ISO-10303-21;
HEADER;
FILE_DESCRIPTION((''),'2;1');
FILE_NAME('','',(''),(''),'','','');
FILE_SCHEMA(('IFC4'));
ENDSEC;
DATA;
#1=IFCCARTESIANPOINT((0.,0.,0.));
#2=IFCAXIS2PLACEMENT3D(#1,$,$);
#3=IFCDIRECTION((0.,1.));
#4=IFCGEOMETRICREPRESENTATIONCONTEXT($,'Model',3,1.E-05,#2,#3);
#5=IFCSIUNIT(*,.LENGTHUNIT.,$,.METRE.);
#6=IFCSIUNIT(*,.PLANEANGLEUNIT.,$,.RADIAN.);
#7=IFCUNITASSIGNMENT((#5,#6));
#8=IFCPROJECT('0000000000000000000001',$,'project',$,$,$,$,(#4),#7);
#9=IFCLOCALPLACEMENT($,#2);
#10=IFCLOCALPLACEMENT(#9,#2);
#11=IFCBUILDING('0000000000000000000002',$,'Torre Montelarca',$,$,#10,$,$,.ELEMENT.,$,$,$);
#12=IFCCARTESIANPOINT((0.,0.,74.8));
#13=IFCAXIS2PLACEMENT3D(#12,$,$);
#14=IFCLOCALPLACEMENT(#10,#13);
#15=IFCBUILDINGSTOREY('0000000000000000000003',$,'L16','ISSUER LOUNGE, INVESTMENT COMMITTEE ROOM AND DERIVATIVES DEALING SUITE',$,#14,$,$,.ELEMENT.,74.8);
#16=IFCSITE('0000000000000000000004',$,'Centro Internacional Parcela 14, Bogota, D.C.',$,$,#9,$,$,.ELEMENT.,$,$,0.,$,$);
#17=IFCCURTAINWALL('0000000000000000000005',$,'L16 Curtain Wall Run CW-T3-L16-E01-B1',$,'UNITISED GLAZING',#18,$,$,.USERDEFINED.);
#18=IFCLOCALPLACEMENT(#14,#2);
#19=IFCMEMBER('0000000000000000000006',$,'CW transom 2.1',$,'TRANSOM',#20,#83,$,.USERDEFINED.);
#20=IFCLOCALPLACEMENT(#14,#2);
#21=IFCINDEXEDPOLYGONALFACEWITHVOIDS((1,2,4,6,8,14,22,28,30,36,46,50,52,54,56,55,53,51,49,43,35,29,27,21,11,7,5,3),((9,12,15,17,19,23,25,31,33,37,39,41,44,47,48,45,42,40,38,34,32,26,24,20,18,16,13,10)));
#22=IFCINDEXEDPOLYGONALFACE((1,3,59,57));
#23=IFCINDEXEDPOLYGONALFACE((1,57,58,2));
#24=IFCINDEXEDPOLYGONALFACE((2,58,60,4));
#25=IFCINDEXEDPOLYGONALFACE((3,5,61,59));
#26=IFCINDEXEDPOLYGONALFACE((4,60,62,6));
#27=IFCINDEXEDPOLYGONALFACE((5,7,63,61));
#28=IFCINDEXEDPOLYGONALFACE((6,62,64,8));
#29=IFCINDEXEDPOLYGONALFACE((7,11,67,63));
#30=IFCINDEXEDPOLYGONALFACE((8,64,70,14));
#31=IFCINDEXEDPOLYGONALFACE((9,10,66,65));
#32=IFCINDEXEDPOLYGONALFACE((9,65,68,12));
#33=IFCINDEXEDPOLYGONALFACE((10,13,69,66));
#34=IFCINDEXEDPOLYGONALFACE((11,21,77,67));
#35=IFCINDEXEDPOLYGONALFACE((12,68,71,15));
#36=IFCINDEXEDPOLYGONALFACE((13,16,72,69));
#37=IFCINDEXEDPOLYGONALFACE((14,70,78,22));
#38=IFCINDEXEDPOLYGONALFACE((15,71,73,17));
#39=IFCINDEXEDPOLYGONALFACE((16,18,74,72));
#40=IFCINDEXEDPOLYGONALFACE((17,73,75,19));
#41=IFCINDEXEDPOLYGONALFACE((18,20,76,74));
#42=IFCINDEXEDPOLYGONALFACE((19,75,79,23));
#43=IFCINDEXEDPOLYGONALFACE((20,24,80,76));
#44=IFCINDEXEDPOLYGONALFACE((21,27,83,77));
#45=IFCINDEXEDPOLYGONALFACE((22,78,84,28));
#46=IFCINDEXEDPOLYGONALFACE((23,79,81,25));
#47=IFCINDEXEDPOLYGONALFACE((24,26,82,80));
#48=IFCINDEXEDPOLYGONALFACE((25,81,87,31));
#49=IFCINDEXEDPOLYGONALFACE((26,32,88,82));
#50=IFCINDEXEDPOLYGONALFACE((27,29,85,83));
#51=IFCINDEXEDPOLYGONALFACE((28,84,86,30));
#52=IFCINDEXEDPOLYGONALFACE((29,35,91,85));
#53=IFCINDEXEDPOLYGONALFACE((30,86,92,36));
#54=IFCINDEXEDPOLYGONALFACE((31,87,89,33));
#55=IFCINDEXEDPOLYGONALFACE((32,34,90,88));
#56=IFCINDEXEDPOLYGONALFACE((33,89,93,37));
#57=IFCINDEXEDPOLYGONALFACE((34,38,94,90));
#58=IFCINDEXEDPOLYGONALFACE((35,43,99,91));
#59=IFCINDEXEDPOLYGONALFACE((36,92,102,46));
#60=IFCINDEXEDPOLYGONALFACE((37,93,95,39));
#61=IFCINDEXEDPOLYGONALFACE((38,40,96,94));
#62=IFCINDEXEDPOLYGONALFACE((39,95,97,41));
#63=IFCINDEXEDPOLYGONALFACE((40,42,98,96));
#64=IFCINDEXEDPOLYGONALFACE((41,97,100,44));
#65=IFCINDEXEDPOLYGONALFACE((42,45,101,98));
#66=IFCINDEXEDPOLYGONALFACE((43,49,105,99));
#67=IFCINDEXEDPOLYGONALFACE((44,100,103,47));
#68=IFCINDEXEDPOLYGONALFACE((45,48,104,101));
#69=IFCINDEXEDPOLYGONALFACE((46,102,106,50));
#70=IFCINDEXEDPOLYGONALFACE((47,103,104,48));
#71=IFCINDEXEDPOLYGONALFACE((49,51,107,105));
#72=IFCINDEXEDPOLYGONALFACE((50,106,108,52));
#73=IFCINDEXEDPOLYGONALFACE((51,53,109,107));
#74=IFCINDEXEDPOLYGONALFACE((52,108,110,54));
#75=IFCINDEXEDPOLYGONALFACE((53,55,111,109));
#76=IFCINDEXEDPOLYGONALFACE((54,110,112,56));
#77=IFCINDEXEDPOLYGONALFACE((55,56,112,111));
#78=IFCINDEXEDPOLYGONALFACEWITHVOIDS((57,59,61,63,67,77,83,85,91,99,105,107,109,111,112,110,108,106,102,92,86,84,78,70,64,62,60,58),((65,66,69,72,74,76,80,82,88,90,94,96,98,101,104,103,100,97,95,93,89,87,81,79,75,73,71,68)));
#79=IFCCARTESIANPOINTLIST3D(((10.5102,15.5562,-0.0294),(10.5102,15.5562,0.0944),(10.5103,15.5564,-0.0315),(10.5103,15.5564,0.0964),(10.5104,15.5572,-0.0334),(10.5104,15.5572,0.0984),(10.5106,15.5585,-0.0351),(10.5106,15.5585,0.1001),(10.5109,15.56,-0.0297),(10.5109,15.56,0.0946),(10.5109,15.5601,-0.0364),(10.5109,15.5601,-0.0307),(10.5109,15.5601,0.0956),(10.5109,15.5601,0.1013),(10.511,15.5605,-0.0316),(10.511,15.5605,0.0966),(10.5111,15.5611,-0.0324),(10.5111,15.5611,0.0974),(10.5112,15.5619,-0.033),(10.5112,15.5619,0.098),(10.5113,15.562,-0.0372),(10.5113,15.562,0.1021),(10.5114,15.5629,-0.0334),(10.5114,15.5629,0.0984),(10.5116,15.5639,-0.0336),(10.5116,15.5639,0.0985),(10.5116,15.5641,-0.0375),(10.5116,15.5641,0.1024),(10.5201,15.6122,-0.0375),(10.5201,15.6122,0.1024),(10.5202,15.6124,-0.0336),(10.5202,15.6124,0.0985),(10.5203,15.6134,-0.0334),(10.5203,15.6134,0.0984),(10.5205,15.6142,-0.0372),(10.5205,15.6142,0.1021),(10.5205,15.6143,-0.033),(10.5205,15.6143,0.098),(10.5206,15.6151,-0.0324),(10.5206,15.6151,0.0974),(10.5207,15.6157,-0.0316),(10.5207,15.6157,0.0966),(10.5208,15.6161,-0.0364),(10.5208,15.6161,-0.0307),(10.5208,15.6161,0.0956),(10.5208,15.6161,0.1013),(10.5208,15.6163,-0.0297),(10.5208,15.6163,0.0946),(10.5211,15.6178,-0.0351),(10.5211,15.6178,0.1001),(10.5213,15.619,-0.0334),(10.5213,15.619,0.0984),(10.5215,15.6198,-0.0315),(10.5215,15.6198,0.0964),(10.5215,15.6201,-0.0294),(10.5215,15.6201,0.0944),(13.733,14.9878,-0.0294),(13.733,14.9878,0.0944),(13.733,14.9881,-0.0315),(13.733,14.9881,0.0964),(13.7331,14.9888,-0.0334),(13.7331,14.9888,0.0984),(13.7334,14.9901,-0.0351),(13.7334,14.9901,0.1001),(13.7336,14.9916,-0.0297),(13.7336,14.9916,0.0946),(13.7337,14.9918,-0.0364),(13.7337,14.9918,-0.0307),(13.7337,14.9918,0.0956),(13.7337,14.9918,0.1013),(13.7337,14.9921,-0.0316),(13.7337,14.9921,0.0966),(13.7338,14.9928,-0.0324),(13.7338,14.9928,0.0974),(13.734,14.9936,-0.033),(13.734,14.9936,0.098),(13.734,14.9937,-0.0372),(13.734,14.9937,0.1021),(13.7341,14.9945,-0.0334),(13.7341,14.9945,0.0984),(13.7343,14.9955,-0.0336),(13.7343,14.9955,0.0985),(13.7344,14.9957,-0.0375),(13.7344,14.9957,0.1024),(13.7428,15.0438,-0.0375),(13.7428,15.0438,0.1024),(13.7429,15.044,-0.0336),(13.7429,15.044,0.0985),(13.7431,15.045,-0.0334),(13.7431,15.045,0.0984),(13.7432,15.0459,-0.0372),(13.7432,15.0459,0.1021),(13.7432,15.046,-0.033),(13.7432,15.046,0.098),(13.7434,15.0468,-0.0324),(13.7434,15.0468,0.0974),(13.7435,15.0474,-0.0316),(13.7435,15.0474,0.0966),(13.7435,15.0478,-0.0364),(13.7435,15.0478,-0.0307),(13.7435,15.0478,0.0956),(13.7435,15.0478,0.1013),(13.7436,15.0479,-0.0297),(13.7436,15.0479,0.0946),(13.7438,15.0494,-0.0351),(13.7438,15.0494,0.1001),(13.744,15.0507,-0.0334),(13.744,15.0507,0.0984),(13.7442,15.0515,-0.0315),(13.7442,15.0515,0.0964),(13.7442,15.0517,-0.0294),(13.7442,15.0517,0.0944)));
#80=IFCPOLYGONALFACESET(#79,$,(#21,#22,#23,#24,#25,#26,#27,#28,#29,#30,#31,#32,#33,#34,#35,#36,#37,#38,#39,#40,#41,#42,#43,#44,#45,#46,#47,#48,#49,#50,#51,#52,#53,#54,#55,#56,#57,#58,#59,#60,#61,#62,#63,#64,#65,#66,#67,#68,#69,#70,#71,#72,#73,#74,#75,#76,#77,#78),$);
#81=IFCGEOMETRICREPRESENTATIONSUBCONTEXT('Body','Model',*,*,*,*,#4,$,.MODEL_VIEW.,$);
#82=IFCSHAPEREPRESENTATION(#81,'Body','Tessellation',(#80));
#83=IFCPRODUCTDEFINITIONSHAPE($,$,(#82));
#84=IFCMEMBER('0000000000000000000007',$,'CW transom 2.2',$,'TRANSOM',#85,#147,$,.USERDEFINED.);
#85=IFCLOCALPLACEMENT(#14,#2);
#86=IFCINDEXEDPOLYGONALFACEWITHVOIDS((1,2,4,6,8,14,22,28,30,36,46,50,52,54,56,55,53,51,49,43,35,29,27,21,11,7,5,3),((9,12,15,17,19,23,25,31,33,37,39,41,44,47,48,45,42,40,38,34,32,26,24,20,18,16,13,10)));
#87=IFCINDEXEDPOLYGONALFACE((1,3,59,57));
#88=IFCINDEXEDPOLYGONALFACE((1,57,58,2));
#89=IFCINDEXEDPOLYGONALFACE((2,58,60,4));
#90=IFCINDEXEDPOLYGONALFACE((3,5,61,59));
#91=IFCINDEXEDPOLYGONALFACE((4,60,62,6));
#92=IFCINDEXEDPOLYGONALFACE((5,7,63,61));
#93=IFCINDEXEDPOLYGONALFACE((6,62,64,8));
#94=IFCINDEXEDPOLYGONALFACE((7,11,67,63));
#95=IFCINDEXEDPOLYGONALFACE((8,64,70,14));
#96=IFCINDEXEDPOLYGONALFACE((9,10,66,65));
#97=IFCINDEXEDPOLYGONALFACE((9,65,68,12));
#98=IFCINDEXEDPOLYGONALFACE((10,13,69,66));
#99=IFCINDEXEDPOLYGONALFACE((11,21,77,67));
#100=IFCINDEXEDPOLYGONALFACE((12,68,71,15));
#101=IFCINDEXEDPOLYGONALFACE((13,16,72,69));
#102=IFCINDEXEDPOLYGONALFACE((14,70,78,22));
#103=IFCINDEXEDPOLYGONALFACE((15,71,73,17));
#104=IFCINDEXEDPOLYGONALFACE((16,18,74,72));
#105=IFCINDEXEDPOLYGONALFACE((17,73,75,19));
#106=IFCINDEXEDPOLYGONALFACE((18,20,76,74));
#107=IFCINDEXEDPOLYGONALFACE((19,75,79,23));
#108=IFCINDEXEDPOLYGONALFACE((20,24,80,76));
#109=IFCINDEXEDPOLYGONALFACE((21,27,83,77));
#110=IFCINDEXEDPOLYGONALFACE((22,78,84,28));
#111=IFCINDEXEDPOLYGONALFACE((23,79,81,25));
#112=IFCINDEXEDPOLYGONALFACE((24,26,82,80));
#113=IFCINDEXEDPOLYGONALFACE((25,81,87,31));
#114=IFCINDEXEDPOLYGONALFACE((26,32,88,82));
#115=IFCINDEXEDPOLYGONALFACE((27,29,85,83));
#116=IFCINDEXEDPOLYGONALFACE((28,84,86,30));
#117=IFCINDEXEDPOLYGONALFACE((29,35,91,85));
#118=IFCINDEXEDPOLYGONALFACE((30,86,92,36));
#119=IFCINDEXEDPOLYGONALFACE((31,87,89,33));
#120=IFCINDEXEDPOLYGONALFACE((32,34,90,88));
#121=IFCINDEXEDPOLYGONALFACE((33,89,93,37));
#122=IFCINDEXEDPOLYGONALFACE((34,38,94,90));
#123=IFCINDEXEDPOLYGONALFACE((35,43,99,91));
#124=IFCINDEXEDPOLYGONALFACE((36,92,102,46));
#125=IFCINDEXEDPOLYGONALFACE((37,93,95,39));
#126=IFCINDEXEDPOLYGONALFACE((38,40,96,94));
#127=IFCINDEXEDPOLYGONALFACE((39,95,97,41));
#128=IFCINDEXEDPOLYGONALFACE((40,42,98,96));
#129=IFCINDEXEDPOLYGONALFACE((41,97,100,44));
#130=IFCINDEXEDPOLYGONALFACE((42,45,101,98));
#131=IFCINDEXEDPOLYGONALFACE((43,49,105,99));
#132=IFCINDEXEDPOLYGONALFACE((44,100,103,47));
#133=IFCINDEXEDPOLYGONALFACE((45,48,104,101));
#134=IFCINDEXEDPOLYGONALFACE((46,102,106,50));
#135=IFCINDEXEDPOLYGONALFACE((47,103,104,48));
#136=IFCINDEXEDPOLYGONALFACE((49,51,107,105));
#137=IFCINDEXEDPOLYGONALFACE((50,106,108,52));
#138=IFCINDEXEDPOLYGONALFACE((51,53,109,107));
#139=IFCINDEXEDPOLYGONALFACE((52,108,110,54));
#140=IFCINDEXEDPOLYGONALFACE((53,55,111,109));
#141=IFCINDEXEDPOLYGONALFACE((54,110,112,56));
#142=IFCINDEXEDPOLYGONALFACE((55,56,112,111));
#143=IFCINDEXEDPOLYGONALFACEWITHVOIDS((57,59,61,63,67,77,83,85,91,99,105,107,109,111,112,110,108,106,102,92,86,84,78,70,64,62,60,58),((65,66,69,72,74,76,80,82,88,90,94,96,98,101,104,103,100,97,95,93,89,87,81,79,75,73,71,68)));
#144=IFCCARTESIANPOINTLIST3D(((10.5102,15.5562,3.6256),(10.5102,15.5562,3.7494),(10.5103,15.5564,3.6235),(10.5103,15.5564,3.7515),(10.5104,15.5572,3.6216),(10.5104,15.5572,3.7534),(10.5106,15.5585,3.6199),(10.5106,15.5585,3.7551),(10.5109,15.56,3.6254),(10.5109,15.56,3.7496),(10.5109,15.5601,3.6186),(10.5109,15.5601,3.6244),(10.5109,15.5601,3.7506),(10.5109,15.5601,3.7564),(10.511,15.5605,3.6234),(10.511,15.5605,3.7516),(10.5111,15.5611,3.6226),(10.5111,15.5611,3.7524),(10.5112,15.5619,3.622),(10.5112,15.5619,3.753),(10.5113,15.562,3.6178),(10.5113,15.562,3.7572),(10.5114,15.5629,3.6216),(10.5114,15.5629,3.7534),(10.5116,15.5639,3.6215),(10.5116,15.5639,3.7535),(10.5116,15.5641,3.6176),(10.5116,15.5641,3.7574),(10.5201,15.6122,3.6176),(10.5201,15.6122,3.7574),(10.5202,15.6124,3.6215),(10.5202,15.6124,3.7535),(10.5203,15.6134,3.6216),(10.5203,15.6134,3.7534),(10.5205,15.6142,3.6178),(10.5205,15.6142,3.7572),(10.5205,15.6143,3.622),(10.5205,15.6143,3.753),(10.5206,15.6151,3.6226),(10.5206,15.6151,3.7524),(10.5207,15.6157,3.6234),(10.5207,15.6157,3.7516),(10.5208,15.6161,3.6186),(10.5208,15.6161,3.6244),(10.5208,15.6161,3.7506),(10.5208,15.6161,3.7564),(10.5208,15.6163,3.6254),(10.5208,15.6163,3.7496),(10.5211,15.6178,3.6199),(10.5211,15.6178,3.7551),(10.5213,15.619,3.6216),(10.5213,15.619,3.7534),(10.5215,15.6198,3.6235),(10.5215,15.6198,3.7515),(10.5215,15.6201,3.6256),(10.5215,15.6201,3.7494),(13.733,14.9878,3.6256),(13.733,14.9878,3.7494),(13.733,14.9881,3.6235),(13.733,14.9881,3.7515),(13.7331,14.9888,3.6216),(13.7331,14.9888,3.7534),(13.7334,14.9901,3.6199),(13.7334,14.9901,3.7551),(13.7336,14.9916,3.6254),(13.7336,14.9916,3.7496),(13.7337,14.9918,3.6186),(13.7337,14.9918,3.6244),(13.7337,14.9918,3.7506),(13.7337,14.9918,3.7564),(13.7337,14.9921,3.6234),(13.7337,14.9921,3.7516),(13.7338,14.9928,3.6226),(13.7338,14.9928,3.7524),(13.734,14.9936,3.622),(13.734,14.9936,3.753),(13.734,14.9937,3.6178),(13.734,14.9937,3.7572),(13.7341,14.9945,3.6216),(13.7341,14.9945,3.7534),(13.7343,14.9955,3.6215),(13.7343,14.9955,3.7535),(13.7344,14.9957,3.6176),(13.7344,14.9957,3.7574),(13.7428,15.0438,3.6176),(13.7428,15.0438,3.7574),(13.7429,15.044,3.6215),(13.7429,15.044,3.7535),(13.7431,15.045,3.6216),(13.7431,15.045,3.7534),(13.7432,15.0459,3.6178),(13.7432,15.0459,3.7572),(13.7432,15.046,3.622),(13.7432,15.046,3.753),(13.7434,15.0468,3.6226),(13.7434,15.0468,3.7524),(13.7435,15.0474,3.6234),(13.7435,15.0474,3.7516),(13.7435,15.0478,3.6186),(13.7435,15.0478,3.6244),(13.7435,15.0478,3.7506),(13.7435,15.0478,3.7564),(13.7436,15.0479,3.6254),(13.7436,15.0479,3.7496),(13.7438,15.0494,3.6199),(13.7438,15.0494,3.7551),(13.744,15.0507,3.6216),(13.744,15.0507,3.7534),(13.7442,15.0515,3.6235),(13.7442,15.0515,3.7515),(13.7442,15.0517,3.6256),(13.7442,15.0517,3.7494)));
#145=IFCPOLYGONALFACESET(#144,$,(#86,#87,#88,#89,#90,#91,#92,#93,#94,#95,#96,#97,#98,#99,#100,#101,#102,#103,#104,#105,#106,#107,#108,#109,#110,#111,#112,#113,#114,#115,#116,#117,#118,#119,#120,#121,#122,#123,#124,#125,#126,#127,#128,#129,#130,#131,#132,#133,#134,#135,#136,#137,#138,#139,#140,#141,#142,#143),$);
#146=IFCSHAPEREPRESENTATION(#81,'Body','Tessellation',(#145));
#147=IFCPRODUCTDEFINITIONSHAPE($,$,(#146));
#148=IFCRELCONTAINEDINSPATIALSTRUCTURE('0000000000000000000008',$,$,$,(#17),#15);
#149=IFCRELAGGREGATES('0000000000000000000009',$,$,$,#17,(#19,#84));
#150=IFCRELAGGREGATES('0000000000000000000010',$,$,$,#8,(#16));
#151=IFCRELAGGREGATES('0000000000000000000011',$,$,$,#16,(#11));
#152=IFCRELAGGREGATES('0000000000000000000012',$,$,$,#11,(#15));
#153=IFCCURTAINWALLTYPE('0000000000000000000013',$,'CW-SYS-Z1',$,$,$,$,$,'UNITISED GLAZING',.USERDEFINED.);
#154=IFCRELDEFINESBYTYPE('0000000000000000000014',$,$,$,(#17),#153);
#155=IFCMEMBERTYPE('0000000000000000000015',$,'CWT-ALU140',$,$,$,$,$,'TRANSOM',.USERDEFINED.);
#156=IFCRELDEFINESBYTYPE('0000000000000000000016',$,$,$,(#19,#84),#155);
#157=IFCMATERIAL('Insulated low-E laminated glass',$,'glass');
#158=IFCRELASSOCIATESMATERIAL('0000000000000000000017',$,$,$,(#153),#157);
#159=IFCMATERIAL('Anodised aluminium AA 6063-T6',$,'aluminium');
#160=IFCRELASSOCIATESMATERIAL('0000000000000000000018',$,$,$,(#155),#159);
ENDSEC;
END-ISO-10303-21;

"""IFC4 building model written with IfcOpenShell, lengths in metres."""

from ifc_helpers import new_model, si_unit, direction, frame, origin, origin_2d, place, context, subcontext, project, spatial, hollow_rectangle, extrude, source, transform, mapped, material, material_profile, profile_set, type_object, element, aggregate, save


model = new_model("IFC4")

# Units and contexts
model_context = context("Model", 3, precision=1e-05, world=origin(), true_north=direction((0.0, 1.0)))
body_context = subcontext(model_context, "Body", "Model", "MODEL_VIEW")
ifc_project = project(units=[si_unit("LENGTHUNIT", "METRE"), si_unit("PLANEANGLEUNIT", "RADIAN")], contexts=[model_context])

# Site, building, storey
site_placement = place(None, origin())
site = spatial("IfcSite", under=ifc_project, at=site_placement, Name="Centro Internacional Parcela 14, Bogota, D.C.", CompositionType="ELEMENT", RefElevation=0.0)
building_placement = place(site_placement, origin())
building = spatial("IfcBuilding", under=site, at=building_placement, Name="Torre Montelarca", CompositionType="ELEMENT")
storey_placement = place(building_placement, frame((0.0, 0.0, 74.8)))
storey = spatial("IfcBuildingStorey", under=building, at=storey_placement, Name="L16", Description="ISSUER LOUNGE, INVESTMENT COMMITTEE ROOM AND DERIVATIVES DEALING SUITE", CompositionType="ELEMENT", Elevation=74.8)

# Curtain wall, members
ifc_material_1 = material(Name="Insulated low-E laminated glass", Category="glass")
curtain_wall_type = type_object("IfcCurtainWallType", Name="CW-SYS-Z1", ElementType="UNITISED GLAZING", PredefinedType="USERDEFINED", material=ifc_material_1)
curtain_wall_1_placement = place(storey_placement, origin())
curtain_wall_1 = element("IfcCurtainWall", 1, at=curtain_wall_1_placement, inside=storey, type_object=curtain_wall_type, Name="L16 Curtain Wall Run CW-T3-L16-E01-B1", ObjectType="UNITISED GLAZING", PredefinedType="USERDEFINED")
ifc_material_2 = material(Name="Anodised aluminium AA 6063-T6", Category="aluminium")
ifc_material_profile_1 = material_profile(ifc_material_2, hollow_rectangle(XDim=0.0649, YDim=0.1399, WallThickness=0.0039, InnerFilletRadius=0.0039, OuterFilletRadius=0.0081, at=origin_2d()), Name="ALU65X140X4", Category="aluminium")
ifc_profile_set_1 = profile_set([ifc_material_profile_1], Name="Anodised aluminium AA 6063-T6")
member_type_1 = type_object("IfcMemberType", Name="CWT-ALU140", ElementType="TRANSOM", PredefinedType="USERDEFINED", material=ifc_profile_set_1)
shared_shape_1 = source(origin(), body_context, "Body", "SweptSolid", [
    extrude(hollow_rectangle(XDim=0.0649, YDim=0.1399, WallThickness=0.0039, InnerFilletRadius=0.0039, OuterFilletRadius=0.0081, at=origin_2d()), origin(), (0.0, 0.0, 1.0), 3.2725),
])
member_1_placement = place(storey_placement, frame((10.5159, 15.5881, 0.0325), z_axis=(0.984802, -0.173683, 0.0), x_axis=(0.173683, 0.984802, 0.0)))
member_1 = element("IfcMember", 2, at=member_1_placement, type_object=member_type_1, Name="CW transom 2.1", ObjectType="TRANSOM", PredefinedType="USERDEFINED", context=body_context, shape_type="MappedRepresentation", body=[
    mapped(shared_shape_1, transform((0.0, 0.0, 0.0), scale=1.0)),
])
member_2_placement = place(storey_placement, frame((10.5159, 15.5881, 3.6875), z_axis=(0.984802, -0.173683, 0.0), x_axis=(0.173683, 0.984802, 0.0)))
member_2 = element("IfcMember", 3, at=member_2_placement, type_object=member_type_1, Name="CW transom 2.2", ObjectType="TRANSOM", PredefinedType="USERDEFINED", context=body_context, shape_type="MappedRepresentation", body=[
    mapped(shared_shape_1, transform((0.0, 0.0, 0.0), scale=1.0)),
])

aggregate(curtain_wall_1, [member_1, member_2])

save(model, "model.ifc")
